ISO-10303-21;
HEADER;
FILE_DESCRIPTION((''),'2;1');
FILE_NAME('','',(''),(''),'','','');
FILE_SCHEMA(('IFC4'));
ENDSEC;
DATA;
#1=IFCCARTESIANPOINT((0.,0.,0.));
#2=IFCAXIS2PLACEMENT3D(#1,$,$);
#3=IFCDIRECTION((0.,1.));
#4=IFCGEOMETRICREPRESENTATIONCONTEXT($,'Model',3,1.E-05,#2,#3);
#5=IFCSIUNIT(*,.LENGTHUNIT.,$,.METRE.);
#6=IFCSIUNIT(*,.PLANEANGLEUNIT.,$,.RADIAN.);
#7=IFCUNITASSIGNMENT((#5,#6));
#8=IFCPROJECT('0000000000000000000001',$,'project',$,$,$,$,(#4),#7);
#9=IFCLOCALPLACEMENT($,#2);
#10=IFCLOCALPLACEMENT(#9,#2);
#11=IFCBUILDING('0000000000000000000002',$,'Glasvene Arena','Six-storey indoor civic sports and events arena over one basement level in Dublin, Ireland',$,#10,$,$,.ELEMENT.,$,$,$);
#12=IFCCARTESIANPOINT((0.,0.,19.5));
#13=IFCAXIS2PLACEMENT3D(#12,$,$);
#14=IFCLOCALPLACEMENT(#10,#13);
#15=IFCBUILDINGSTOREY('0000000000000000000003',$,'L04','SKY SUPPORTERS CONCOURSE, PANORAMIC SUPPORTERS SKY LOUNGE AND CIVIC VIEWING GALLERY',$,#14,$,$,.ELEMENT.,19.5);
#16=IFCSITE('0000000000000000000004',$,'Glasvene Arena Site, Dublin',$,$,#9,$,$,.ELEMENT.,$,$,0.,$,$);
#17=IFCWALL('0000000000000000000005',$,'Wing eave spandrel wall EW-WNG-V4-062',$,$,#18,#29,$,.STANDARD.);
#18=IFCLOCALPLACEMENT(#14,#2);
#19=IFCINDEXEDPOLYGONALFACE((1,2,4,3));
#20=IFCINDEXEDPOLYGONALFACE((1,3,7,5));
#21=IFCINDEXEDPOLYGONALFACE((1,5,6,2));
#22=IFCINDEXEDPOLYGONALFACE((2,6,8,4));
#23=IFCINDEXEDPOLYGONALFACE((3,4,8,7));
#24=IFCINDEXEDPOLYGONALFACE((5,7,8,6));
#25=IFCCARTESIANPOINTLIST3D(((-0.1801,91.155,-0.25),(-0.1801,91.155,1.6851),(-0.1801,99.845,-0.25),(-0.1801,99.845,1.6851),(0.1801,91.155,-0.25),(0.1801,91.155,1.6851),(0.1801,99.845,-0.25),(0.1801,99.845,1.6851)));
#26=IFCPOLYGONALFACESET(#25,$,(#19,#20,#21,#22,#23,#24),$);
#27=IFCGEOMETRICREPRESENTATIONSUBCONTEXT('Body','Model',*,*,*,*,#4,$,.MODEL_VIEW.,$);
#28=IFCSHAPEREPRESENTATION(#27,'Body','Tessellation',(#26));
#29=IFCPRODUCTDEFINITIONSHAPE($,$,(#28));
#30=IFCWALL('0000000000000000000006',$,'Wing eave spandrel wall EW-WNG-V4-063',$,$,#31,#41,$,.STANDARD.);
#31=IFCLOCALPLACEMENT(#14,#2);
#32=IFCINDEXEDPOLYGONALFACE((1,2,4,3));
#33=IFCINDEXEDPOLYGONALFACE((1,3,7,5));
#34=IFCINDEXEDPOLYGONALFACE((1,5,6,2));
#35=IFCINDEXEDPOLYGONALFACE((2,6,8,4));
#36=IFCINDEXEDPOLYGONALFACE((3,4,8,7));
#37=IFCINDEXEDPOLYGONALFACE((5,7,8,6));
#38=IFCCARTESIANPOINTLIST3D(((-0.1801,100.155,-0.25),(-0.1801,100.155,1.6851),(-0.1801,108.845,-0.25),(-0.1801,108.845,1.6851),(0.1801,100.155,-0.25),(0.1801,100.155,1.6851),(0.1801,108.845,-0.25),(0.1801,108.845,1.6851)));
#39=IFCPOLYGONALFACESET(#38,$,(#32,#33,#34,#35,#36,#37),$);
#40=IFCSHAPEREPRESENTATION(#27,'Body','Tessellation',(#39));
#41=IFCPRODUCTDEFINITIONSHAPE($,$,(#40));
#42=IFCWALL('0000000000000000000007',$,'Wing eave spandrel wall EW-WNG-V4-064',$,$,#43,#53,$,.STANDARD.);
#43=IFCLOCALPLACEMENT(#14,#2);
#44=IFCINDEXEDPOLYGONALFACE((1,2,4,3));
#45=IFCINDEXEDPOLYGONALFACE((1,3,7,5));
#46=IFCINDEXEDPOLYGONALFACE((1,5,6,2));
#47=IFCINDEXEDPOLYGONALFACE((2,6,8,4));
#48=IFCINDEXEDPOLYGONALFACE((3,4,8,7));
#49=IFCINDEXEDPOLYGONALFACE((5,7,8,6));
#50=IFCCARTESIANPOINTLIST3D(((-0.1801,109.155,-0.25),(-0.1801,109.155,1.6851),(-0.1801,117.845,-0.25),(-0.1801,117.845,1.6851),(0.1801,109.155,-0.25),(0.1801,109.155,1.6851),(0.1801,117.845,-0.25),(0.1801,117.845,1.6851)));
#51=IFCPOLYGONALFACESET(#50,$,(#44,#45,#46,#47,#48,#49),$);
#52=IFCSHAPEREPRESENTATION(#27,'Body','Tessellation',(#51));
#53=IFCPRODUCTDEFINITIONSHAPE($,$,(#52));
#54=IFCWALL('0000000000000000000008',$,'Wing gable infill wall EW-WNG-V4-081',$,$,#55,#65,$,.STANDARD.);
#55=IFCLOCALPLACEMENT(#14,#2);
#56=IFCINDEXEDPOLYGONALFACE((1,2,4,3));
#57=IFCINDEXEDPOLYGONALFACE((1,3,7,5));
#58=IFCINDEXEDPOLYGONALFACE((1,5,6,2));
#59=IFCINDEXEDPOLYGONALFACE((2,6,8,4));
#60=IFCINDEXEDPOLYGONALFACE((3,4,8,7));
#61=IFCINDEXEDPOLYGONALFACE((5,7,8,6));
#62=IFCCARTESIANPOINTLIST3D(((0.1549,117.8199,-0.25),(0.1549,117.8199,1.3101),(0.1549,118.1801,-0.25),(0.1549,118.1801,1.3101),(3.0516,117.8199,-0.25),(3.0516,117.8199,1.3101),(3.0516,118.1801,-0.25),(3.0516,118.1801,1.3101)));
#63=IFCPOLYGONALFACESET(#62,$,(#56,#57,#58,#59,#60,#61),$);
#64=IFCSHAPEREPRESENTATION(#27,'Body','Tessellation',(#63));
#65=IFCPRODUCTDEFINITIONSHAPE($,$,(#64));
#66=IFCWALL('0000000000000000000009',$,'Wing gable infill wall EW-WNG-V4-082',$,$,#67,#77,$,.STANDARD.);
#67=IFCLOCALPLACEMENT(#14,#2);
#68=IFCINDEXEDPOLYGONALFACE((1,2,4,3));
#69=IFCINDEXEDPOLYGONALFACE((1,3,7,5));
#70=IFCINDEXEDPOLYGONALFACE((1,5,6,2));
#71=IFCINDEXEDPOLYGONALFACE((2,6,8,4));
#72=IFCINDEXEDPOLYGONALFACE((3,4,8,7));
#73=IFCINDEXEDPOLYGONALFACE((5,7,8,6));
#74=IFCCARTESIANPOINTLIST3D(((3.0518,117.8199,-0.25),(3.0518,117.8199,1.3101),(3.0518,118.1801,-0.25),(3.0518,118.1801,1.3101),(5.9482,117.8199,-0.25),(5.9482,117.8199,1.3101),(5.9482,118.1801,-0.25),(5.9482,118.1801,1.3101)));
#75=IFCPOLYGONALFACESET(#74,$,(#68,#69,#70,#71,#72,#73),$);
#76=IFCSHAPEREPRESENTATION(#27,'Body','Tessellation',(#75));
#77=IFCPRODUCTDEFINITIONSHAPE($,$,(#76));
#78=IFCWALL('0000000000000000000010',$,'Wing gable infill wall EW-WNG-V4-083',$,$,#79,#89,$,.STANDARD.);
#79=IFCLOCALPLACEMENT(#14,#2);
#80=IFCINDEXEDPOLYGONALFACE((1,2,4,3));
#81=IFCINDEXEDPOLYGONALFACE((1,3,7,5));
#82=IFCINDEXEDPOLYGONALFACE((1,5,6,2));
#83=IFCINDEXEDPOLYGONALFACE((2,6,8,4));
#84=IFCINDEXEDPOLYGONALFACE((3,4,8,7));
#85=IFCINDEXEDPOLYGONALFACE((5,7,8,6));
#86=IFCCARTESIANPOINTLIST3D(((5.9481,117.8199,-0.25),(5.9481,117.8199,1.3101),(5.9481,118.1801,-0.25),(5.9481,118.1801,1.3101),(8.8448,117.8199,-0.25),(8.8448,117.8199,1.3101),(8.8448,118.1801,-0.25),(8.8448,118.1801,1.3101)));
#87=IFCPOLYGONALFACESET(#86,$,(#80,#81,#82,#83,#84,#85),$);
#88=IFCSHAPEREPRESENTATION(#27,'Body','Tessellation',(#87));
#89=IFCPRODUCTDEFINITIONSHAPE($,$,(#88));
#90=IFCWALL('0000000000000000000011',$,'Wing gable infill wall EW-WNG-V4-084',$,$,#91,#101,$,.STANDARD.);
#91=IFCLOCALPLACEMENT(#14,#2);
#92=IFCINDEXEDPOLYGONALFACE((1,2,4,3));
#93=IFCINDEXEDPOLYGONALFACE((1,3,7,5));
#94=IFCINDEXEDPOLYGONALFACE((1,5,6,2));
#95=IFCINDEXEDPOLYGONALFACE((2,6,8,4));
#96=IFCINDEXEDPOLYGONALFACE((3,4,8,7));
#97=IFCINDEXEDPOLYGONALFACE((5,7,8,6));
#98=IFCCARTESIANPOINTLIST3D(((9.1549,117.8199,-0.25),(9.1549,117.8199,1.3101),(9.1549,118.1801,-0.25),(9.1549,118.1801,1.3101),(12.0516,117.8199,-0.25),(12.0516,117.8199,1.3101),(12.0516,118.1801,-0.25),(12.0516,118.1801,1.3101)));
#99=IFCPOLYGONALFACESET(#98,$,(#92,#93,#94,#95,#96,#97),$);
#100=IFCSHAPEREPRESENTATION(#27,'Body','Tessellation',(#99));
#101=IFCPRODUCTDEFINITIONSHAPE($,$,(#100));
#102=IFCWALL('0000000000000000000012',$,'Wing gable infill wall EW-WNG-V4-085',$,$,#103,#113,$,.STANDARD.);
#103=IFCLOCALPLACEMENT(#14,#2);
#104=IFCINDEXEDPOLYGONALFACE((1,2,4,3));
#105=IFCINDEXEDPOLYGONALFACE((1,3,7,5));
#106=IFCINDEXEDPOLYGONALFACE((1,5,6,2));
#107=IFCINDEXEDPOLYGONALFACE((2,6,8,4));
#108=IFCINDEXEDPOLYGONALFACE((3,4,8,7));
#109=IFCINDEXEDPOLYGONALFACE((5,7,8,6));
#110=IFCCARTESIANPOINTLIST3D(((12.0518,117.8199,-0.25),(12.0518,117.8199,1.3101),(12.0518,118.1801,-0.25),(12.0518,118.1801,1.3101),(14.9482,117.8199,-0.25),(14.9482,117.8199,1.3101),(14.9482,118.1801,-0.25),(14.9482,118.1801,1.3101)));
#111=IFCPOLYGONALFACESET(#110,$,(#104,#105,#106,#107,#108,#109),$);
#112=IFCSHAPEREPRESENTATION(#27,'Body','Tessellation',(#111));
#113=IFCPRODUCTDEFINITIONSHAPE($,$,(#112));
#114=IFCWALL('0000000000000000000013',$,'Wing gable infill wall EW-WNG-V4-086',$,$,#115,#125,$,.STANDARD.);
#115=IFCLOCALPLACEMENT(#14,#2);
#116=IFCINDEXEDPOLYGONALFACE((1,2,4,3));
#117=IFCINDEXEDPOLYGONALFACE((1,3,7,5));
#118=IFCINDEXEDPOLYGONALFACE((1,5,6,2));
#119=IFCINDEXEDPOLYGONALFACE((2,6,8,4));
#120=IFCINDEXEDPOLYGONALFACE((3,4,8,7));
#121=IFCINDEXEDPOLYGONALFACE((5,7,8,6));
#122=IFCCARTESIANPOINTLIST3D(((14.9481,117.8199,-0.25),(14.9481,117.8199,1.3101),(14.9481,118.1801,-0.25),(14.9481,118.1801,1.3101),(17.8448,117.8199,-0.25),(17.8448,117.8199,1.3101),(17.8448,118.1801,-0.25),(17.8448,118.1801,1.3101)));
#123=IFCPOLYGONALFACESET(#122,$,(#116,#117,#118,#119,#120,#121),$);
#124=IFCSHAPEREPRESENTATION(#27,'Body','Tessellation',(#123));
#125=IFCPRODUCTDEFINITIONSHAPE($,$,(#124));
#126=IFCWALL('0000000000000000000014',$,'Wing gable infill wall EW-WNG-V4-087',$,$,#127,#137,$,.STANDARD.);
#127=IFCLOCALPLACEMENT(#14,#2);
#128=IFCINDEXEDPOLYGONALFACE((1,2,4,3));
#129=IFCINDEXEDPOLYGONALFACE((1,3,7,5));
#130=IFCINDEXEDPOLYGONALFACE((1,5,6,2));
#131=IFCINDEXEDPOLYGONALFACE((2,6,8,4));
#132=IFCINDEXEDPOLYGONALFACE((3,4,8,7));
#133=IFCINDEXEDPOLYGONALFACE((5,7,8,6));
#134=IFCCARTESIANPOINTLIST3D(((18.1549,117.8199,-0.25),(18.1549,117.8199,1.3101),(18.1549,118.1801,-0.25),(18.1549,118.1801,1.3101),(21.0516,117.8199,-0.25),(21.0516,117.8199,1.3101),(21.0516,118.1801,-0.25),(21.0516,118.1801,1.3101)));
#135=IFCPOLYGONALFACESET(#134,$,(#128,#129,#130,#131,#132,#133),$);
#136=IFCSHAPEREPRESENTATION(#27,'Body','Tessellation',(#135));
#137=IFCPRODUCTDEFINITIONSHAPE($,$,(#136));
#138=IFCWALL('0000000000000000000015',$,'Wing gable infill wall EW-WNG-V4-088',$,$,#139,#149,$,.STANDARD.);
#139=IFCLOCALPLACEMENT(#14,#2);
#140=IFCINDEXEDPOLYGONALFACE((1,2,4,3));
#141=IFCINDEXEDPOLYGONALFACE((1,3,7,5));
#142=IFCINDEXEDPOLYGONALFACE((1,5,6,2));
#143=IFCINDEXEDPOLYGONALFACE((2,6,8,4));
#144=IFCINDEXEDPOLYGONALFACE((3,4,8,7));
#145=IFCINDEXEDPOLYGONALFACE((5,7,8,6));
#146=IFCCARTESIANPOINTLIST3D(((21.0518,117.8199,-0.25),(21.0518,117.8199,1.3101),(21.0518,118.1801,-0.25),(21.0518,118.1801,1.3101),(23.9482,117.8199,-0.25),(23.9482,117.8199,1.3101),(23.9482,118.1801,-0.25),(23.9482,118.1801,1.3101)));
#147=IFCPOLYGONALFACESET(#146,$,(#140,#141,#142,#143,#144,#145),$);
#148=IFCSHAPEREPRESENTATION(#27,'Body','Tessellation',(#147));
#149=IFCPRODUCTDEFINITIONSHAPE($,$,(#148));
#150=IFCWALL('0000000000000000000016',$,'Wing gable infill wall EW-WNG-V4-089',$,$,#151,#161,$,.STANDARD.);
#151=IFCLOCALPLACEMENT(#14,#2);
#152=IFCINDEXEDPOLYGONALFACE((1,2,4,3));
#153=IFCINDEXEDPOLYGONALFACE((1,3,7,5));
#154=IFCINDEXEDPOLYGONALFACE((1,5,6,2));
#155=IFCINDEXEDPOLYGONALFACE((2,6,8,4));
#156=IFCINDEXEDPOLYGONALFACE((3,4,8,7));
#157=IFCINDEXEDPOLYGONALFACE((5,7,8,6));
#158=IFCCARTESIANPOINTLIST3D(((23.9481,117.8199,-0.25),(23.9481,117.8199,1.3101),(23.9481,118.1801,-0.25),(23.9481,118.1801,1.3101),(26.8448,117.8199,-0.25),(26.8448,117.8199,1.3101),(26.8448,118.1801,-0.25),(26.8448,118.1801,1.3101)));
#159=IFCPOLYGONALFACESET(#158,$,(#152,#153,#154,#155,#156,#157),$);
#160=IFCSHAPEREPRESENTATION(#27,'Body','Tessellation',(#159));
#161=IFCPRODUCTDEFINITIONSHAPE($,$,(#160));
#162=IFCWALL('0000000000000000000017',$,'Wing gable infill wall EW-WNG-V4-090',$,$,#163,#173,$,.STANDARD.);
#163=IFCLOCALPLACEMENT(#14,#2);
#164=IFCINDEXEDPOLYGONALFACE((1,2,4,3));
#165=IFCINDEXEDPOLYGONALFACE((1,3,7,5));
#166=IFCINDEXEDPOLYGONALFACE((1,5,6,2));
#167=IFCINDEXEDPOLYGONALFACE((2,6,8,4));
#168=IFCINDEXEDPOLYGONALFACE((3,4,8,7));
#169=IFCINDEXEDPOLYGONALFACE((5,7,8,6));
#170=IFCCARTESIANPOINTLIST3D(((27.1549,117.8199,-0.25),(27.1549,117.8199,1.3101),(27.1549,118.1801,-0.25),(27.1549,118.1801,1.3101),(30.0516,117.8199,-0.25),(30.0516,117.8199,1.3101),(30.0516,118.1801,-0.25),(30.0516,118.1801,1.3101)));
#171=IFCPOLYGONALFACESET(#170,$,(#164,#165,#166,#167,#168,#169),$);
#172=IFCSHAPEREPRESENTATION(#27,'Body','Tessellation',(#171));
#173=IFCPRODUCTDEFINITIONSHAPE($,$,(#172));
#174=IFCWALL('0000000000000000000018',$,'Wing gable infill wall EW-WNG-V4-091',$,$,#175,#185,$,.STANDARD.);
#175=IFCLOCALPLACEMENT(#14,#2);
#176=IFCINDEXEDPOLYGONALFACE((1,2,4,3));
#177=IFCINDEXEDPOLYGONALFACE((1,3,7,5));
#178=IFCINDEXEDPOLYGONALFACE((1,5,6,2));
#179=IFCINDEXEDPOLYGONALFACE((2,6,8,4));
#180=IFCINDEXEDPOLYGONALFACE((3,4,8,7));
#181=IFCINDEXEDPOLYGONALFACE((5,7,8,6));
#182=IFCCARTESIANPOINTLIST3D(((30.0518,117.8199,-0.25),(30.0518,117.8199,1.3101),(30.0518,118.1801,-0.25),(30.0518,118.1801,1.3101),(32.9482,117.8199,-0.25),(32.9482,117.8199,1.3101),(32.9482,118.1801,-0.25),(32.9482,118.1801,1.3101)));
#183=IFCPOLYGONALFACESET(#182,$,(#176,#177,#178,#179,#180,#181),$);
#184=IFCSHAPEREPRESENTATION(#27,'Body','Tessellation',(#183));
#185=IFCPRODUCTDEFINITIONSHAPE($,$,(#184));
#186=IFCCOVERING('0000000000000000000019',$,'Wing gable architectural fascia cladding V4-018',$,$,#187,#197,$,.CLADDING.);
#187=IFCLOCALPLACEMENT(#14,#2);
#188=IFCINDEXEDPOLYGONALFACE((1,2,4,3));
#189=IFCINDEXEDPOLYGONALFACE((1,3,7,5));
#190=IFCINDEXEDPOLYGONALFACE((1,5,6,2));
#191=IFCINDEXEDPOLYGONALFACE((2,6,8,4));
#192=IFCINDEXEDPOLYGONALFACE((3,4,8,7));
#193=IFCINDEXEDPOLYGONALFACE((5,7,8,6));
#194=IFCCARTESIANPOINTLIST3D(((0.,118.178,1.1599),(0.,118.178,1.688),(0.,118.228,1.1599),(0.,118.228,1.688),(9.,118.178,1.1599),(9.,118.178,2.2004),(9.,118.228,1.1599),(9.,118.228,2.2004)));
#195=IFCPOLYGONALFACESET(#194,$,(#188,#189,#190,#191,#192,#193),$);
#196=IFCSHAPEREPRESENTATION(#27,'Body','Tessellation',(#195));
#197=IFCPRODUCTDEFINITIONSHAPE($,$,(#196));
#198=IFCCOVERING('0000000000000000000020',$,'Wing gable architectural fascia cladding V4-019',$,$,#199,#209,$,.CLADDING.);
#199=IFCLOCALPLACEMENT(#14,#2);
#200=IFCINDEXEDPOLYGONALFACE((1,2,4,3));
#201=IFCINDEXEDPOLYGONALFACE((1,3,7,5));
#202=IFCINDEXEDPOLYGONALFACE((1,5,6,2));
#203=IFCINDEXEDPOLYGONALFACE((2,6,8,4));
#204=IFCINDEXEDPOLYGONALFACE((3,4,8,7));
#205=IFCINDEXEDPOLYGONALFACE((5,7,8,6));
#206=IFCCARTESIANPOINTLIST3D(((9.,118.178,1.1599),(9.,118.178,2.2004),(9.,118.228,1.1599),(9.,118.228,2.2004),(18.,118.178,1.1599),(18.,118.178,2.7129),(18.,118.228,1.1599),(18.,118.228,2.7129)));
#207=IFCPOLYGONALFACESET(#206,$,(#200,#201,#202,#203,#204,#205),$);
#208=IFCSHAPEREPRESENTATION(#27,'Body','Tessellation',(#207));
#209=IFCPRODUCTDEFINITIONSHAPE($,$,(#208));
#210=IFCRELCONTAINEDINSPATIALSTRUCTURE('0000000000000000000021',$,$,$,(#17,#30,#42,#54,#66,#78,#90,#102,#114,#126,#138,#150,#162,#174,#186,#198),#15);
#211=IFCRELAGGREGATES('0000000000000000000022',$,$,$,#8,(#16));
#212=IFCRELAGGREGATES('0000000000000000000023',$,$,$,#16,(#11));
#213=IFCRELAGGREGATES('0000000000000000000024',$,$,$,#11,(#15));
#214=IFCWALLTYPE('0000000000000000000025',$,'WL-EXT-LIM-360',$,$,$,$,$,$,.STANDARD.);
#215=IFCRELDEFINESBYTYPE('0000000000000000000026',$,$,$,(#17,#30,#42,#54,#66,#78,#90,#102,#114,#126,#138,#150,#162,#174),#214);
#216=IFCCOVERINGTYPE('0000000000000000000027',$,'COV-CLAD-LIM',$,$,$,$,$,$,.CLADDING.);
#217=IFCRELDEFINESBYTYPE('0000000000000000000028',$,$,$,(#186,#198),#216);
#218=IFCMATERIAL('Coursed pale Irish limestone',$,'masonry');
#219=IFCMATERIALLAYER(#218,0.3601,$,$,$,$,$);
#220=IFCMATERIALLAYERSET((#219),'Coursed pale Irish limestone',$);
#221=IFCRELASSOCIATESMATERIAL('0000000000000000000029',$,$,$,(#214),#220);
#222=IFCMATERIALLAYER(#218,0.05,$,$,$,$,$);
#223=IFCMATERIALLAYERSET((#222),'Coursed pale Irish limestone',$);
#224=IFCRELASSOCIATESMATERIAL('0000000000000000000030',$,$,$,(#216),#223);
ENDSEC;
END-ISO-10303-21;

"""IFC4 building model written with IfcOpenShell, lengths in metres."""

from ifc_helpers import new_model, si_unit, direction, frame, frame_2d, origin, place, context, subcontext, project, spatial, polyline, rectangle, outline, extrude, material, layer, layer_set, type_object, element, save


model = new_model("IFC4")

# Units and contexts
model_context = context("Model", 3, precision=1e-05, world=origin(), true_north=direction((0.0, 1.0)))
body_context = subcontext(model_context, "Body", "Model", "MODEL_VIEW")
ifc_project = project(units=[si_unit("LENGTHUNIT", "METRE"), si_unit("PLANEANGLEUNIT", "RADIAN")], contexts=[model_context])

# Site, building, storey
site_placement = place(None, origin())
site = spatial("IfcSite", under=ifc_project, at=site_placement, Name="Glasvene Arena Site, Dublin", CompositionType="ELEMENT", RefElevation=0.0)
building_placement = place(site_placement, origin())
building = spatial("IfcBuilding", under=site, at=building_placement, Name="Glasvene Arena", Description="Six-storey indoor civic sports and events arena over one basement level in Dublin, Ireland", CompositionType="ELEMENT")
storey_placement = place(building_placement, frame((0.0, 0.0, 19.5)))
storey = spatial("IfcBuildingStorey", under=building, at=storey_placement, Name="L04", Description="SKY SUPPORTERS CONCOURSE, PANORAMIC SUPPORTERS SKY LOUNGE AND CIVIC VIEWING GALLERY", CompositionType="ELEMENT", Elevation=19.5)

# Walls
ifc_material_1 = material(Name="Coursed pale Irish limestone", Category="masonry")
ifc_layer_1 = layer(ifc_material_1, 0.3601)
ifc_layer_set_1 = layer_set([ifc_layer_1], Name="Coursed pale Irish limestone")
wall_type = type_object("IfcWallType", Name="WL-EXT-LIM-360", PredefinedType="STANDARD", material=ifc_layer_set_1)
for number, where, z_axis, x_axis, name in (
    (1, (0.0, 91.155, -0.25), (0.0, 0.0, 1.0), (0.0, 1.0, 0.0), "Wing eave spandrel wall EW-WNG-V4-062"),
    (2, (0.0, 100.155, -0.25), (0.0, 0.0, 1.0), (0.0, 1.0, 0.0), "Wing eave spandrel wall EW-WNG-V4-063"),
    (3, (0.0, 109.155, -0.25), (0.0, 0.0, 1.0), (0.0, 1.0, 0.0), "Wing eave spandrel wall EW-WNG-V4-064"),
):
    element("IfcWall", number, at=place(storey_placement, frame(where, z_axis=z_axis, x_axis=x_axis)), inside=storey, type_object=wall_type, Name=name, PredefinedType="STANDARD", context=body_context, shape_type="SweptSolid", body=[
        extrude(rectangle(XDim=8.6899, YDim=0.3601, at=frame_2d((4.345, 0.0))), origin(), (0.0, 0.0, 1.0), 1.9351),
    ])
wall_1_placement = place(storey_placement, frame((0.155, 118.0, -0.25), z_axis=(0.0, 0.0, 1.0), x_axis=(1.0, 0.0, 0.0)))
element("IfcWall", 4, at=wall_1_placement, inside=storey, type_object=wall_type, Name="Wing gable infill wall EW-WNG-V4-081", PredefinedType="STANDARD", context=body_context, shape_type="SweptSolid", body=[
    extrude(rectangle(XDim=2.8967, YDim=0.3601, at=frame_2d((1.4482, 0.0))), origin(), (0.0, 0.0, 1.0), 1.5601),
])
wall_2_placement = place(storey_placement, frame((3.0518, 118.0, -0.25), z_axis=(0.0, 0.0, 1.0), x_axis=(1.0, 0.0, 0.0)))
element("IfcWall", 5, at=wall_2_placement, inside=storey, type_object=wall_type, Name="Wing gable infill wall EW-WNG-V4-082", PredefinedType="STANDARD", context=body_context, shape_type="SweptSolid", body=[
    extrude(rectangle(XDim=2.8965, YDim=0.3601, at=frame_2d((1.4482, 0.0))), origin(), (0.0, 0.0, 1.0), 1.5601),
])
for number, where, z_axis, x_axis, name in (
    (6, (5.9482, 118.0, -0.25), (0.0, 0.0, 1.0), (1.0, 0.0, 0.0), "Wing gable infill wall EW-WNG-V4-083"),
    (7, (9.155, 118.0, -0.25), (0.0, 0.0, 1.0), (1.0, 0.0, 0.0), "Wing gable infill wall EW-WNG-V4-084"),
):
    element("IfcWall", number, at=place(storey_placement, frame(where, z_axis=z_axis, x_axis=x_axis)), inside=storey, type_object=wall_type, Name=name, PredefinedType="STANDARD", context=body_context, shape_type="SweptSolid", body=[
        extrude(rectangle(XDim=2.8967, YDim=0.3601, at=frame_2d((1.4482, 0.0))), origin(), (0.0, 0.0, 1.0), 1.5601),
    ])
wall_3_placement = place(storey_placement, frame((12.0518, 118.0, -0.25), z_axis=(0.0, 0.0, 1.0), x_axis=(1.0, 0.0, 0.0)))
element("IfcWall", 8, at=wall_3_placement, inside=storey, type_object=wall_type, Name="Wing gable infill wall EW-WNG-V4-085", PredefinedType="STANDARD", context=body_context, shape_type="SweptSolid", body=[
    extrude(rectangle(XDim=2.8965, YDim=0.3601, at=frame_2d((1.4482, 0.0))), origin(), (0.0, 0.0, 1.0), 1.5601),
])
for number, where, z_axis, x_axis, name in (
    (9, (14.9482, 118.0, -0.25), (0.0, 0.0, 1.0), (1.0, 0.0, 0.0), "Wing gable infill wall EW-WNG-V4-086"),
    (10, (18.155, 118.0, -0.25), (0.0, 0.0, 1.0), (1.0, 0.0, 0.0), "Wing gable infill wall EW-WNG-V4-087"),
):
    element("IfcWall", number, at=place(storey_placement, frame(where, z_axis=z_axis, x_axis=x_axis)), inside=storey, type_object=wall_type, Name=name, PredefinedType="STANDARD", context=body_context, shape_type="SweptSolid", body=[
        extrude(rectangle(XDim=2.8967, YDim=0.3601, at=frame_2d((1.4482, 0.0))), origin(), (0.0, 0.0, 1.0), 1.5601),
    ])
wall_4_placement = place(storey_placement, frame((21.0518, 118.0, -0.25), z_axis=(0.0, 0.0, 1.0), x_axis=(1.0, 0.0, 0.0)))
element("IfcWall", 11, at=wall_4_placement, inside=storey, type_object=wall_type, Name="Wing gable infill wall EW-WNG-V4-088", PredefinedType="STANDARD", context=body_context, shape_type="SweptSolid", body=[
    extrude(rectangle(XDim=2.8965, YDim=0.3601, at=frame_2d((1.4482, 0.0))), origin(), (0.0, 0.0, 1.0), 1.5601),
])
for number, where, z_axis, x_axis, name in (
    (12, (23.9482, 118.0, -0.25), (0.0, 0.0, 1.0), (1.0, 0.0, 0.0), "Wing gable infill wall EW-WNG-V4-089"),
    (13, (27.155, 118.0, -0.25), (0.0, 0.0, 1.0), (1.0, 0.0, 0.0), "Wing gable infill wall EW-WNG-V4-090"),
):
    element("IfcWall", number, at=place(storey_placement, frame(where, z_axis=z_axis, x_axis=x_axis)), inside=storey, type_object=wall_type, Name=name, PredefinedType="STANDARD", context=body_context, shape_type="SweptSolid", body=[
        extrude(rectangle(XDim=2.8967, YDim=0.3601, at=frame_2d((1.4482, 0.0))), origin(), (0.0, 0.0, 1.0), 1.5601),
    ])
wall_5_placement = place(storey_placement, frame((30.0518, 118.0, -0.25), z_axis=(0.0, 0.0, 1.0), x_axis=(1.0, 0.0, 0.0)))
element("IfcWall", 14, at=wall_5_placement, inside=storey, type_object=wall_type, Name="Wing gable infill wall EW-WNG-V4-091", PredefinedType="STANDARD", context=body_context, shape_type="SweptSolid", body=[
    extrude(rectangle(XDim=2.8965, YDim=0.3601, at=frame_2d((1.4482, 0.0))), origin(), (0.0, 0.0, 1.0), 1.5601),
])

# Coverings
ifc_layer_2 = layer(ifc_material_1, 0.05)
ifc_layer_set_2 = layer_set([ifc_layer_2], Name="Coursed pale Irish limestone")
covering_type = type_object("IfcCoveringType", Name="COV-CLAD-LIM", PredefinedType="CLADDING", material=ifc_layer_set_2)
covering_1_placement = place(storey_placement, frame((0.0, 118.228, 1.1599), z_axis=(0.0, 1.0, 0.0), x_axis=(0.0, 0.0, 1.0)))
element("IfcCovering", 15, at=covering_1_placement, inside=storey, type_object=covering_type, Name="Wing gable architectural fascia cladding V4-018", PredefinedType="CLADDING", context=body_context, shape_type="SweptSolid", body=[
    extrude(outline(polyline([(0.0, 0.0), (0.5281, 0.0), (1.0405, 9.0), (0.0, 9.0), (0.0, 0.0)])), origin(), (0.0, 0.0, -1.0), 0.05),
])
covering_2_placement = place(storey_placement, frame((9.0, 118.228, 1.1599), z_axis=(0.0, 1.0, 0.0), x_axis=(0.0, 0.0, 1.0)))
element("IfcCovering", 16, at=covering_2_placement, inside=storey, type_object=covering_type, Name="Wing gable architectural fascia cladding V4-019", PredefinedType="CLADDING", context=body_context, shape_type="SweptSolid", body=[
    extrude(outline(polyline([(0.0, 0.0), (1.0405, 0.0), (1.553, 9.0), (0.0, 9.0), (0.0, 0.0)])), origin(), (0.0, 0.0, -1.0), 0.05),
])

save(model, "model.ifc")
